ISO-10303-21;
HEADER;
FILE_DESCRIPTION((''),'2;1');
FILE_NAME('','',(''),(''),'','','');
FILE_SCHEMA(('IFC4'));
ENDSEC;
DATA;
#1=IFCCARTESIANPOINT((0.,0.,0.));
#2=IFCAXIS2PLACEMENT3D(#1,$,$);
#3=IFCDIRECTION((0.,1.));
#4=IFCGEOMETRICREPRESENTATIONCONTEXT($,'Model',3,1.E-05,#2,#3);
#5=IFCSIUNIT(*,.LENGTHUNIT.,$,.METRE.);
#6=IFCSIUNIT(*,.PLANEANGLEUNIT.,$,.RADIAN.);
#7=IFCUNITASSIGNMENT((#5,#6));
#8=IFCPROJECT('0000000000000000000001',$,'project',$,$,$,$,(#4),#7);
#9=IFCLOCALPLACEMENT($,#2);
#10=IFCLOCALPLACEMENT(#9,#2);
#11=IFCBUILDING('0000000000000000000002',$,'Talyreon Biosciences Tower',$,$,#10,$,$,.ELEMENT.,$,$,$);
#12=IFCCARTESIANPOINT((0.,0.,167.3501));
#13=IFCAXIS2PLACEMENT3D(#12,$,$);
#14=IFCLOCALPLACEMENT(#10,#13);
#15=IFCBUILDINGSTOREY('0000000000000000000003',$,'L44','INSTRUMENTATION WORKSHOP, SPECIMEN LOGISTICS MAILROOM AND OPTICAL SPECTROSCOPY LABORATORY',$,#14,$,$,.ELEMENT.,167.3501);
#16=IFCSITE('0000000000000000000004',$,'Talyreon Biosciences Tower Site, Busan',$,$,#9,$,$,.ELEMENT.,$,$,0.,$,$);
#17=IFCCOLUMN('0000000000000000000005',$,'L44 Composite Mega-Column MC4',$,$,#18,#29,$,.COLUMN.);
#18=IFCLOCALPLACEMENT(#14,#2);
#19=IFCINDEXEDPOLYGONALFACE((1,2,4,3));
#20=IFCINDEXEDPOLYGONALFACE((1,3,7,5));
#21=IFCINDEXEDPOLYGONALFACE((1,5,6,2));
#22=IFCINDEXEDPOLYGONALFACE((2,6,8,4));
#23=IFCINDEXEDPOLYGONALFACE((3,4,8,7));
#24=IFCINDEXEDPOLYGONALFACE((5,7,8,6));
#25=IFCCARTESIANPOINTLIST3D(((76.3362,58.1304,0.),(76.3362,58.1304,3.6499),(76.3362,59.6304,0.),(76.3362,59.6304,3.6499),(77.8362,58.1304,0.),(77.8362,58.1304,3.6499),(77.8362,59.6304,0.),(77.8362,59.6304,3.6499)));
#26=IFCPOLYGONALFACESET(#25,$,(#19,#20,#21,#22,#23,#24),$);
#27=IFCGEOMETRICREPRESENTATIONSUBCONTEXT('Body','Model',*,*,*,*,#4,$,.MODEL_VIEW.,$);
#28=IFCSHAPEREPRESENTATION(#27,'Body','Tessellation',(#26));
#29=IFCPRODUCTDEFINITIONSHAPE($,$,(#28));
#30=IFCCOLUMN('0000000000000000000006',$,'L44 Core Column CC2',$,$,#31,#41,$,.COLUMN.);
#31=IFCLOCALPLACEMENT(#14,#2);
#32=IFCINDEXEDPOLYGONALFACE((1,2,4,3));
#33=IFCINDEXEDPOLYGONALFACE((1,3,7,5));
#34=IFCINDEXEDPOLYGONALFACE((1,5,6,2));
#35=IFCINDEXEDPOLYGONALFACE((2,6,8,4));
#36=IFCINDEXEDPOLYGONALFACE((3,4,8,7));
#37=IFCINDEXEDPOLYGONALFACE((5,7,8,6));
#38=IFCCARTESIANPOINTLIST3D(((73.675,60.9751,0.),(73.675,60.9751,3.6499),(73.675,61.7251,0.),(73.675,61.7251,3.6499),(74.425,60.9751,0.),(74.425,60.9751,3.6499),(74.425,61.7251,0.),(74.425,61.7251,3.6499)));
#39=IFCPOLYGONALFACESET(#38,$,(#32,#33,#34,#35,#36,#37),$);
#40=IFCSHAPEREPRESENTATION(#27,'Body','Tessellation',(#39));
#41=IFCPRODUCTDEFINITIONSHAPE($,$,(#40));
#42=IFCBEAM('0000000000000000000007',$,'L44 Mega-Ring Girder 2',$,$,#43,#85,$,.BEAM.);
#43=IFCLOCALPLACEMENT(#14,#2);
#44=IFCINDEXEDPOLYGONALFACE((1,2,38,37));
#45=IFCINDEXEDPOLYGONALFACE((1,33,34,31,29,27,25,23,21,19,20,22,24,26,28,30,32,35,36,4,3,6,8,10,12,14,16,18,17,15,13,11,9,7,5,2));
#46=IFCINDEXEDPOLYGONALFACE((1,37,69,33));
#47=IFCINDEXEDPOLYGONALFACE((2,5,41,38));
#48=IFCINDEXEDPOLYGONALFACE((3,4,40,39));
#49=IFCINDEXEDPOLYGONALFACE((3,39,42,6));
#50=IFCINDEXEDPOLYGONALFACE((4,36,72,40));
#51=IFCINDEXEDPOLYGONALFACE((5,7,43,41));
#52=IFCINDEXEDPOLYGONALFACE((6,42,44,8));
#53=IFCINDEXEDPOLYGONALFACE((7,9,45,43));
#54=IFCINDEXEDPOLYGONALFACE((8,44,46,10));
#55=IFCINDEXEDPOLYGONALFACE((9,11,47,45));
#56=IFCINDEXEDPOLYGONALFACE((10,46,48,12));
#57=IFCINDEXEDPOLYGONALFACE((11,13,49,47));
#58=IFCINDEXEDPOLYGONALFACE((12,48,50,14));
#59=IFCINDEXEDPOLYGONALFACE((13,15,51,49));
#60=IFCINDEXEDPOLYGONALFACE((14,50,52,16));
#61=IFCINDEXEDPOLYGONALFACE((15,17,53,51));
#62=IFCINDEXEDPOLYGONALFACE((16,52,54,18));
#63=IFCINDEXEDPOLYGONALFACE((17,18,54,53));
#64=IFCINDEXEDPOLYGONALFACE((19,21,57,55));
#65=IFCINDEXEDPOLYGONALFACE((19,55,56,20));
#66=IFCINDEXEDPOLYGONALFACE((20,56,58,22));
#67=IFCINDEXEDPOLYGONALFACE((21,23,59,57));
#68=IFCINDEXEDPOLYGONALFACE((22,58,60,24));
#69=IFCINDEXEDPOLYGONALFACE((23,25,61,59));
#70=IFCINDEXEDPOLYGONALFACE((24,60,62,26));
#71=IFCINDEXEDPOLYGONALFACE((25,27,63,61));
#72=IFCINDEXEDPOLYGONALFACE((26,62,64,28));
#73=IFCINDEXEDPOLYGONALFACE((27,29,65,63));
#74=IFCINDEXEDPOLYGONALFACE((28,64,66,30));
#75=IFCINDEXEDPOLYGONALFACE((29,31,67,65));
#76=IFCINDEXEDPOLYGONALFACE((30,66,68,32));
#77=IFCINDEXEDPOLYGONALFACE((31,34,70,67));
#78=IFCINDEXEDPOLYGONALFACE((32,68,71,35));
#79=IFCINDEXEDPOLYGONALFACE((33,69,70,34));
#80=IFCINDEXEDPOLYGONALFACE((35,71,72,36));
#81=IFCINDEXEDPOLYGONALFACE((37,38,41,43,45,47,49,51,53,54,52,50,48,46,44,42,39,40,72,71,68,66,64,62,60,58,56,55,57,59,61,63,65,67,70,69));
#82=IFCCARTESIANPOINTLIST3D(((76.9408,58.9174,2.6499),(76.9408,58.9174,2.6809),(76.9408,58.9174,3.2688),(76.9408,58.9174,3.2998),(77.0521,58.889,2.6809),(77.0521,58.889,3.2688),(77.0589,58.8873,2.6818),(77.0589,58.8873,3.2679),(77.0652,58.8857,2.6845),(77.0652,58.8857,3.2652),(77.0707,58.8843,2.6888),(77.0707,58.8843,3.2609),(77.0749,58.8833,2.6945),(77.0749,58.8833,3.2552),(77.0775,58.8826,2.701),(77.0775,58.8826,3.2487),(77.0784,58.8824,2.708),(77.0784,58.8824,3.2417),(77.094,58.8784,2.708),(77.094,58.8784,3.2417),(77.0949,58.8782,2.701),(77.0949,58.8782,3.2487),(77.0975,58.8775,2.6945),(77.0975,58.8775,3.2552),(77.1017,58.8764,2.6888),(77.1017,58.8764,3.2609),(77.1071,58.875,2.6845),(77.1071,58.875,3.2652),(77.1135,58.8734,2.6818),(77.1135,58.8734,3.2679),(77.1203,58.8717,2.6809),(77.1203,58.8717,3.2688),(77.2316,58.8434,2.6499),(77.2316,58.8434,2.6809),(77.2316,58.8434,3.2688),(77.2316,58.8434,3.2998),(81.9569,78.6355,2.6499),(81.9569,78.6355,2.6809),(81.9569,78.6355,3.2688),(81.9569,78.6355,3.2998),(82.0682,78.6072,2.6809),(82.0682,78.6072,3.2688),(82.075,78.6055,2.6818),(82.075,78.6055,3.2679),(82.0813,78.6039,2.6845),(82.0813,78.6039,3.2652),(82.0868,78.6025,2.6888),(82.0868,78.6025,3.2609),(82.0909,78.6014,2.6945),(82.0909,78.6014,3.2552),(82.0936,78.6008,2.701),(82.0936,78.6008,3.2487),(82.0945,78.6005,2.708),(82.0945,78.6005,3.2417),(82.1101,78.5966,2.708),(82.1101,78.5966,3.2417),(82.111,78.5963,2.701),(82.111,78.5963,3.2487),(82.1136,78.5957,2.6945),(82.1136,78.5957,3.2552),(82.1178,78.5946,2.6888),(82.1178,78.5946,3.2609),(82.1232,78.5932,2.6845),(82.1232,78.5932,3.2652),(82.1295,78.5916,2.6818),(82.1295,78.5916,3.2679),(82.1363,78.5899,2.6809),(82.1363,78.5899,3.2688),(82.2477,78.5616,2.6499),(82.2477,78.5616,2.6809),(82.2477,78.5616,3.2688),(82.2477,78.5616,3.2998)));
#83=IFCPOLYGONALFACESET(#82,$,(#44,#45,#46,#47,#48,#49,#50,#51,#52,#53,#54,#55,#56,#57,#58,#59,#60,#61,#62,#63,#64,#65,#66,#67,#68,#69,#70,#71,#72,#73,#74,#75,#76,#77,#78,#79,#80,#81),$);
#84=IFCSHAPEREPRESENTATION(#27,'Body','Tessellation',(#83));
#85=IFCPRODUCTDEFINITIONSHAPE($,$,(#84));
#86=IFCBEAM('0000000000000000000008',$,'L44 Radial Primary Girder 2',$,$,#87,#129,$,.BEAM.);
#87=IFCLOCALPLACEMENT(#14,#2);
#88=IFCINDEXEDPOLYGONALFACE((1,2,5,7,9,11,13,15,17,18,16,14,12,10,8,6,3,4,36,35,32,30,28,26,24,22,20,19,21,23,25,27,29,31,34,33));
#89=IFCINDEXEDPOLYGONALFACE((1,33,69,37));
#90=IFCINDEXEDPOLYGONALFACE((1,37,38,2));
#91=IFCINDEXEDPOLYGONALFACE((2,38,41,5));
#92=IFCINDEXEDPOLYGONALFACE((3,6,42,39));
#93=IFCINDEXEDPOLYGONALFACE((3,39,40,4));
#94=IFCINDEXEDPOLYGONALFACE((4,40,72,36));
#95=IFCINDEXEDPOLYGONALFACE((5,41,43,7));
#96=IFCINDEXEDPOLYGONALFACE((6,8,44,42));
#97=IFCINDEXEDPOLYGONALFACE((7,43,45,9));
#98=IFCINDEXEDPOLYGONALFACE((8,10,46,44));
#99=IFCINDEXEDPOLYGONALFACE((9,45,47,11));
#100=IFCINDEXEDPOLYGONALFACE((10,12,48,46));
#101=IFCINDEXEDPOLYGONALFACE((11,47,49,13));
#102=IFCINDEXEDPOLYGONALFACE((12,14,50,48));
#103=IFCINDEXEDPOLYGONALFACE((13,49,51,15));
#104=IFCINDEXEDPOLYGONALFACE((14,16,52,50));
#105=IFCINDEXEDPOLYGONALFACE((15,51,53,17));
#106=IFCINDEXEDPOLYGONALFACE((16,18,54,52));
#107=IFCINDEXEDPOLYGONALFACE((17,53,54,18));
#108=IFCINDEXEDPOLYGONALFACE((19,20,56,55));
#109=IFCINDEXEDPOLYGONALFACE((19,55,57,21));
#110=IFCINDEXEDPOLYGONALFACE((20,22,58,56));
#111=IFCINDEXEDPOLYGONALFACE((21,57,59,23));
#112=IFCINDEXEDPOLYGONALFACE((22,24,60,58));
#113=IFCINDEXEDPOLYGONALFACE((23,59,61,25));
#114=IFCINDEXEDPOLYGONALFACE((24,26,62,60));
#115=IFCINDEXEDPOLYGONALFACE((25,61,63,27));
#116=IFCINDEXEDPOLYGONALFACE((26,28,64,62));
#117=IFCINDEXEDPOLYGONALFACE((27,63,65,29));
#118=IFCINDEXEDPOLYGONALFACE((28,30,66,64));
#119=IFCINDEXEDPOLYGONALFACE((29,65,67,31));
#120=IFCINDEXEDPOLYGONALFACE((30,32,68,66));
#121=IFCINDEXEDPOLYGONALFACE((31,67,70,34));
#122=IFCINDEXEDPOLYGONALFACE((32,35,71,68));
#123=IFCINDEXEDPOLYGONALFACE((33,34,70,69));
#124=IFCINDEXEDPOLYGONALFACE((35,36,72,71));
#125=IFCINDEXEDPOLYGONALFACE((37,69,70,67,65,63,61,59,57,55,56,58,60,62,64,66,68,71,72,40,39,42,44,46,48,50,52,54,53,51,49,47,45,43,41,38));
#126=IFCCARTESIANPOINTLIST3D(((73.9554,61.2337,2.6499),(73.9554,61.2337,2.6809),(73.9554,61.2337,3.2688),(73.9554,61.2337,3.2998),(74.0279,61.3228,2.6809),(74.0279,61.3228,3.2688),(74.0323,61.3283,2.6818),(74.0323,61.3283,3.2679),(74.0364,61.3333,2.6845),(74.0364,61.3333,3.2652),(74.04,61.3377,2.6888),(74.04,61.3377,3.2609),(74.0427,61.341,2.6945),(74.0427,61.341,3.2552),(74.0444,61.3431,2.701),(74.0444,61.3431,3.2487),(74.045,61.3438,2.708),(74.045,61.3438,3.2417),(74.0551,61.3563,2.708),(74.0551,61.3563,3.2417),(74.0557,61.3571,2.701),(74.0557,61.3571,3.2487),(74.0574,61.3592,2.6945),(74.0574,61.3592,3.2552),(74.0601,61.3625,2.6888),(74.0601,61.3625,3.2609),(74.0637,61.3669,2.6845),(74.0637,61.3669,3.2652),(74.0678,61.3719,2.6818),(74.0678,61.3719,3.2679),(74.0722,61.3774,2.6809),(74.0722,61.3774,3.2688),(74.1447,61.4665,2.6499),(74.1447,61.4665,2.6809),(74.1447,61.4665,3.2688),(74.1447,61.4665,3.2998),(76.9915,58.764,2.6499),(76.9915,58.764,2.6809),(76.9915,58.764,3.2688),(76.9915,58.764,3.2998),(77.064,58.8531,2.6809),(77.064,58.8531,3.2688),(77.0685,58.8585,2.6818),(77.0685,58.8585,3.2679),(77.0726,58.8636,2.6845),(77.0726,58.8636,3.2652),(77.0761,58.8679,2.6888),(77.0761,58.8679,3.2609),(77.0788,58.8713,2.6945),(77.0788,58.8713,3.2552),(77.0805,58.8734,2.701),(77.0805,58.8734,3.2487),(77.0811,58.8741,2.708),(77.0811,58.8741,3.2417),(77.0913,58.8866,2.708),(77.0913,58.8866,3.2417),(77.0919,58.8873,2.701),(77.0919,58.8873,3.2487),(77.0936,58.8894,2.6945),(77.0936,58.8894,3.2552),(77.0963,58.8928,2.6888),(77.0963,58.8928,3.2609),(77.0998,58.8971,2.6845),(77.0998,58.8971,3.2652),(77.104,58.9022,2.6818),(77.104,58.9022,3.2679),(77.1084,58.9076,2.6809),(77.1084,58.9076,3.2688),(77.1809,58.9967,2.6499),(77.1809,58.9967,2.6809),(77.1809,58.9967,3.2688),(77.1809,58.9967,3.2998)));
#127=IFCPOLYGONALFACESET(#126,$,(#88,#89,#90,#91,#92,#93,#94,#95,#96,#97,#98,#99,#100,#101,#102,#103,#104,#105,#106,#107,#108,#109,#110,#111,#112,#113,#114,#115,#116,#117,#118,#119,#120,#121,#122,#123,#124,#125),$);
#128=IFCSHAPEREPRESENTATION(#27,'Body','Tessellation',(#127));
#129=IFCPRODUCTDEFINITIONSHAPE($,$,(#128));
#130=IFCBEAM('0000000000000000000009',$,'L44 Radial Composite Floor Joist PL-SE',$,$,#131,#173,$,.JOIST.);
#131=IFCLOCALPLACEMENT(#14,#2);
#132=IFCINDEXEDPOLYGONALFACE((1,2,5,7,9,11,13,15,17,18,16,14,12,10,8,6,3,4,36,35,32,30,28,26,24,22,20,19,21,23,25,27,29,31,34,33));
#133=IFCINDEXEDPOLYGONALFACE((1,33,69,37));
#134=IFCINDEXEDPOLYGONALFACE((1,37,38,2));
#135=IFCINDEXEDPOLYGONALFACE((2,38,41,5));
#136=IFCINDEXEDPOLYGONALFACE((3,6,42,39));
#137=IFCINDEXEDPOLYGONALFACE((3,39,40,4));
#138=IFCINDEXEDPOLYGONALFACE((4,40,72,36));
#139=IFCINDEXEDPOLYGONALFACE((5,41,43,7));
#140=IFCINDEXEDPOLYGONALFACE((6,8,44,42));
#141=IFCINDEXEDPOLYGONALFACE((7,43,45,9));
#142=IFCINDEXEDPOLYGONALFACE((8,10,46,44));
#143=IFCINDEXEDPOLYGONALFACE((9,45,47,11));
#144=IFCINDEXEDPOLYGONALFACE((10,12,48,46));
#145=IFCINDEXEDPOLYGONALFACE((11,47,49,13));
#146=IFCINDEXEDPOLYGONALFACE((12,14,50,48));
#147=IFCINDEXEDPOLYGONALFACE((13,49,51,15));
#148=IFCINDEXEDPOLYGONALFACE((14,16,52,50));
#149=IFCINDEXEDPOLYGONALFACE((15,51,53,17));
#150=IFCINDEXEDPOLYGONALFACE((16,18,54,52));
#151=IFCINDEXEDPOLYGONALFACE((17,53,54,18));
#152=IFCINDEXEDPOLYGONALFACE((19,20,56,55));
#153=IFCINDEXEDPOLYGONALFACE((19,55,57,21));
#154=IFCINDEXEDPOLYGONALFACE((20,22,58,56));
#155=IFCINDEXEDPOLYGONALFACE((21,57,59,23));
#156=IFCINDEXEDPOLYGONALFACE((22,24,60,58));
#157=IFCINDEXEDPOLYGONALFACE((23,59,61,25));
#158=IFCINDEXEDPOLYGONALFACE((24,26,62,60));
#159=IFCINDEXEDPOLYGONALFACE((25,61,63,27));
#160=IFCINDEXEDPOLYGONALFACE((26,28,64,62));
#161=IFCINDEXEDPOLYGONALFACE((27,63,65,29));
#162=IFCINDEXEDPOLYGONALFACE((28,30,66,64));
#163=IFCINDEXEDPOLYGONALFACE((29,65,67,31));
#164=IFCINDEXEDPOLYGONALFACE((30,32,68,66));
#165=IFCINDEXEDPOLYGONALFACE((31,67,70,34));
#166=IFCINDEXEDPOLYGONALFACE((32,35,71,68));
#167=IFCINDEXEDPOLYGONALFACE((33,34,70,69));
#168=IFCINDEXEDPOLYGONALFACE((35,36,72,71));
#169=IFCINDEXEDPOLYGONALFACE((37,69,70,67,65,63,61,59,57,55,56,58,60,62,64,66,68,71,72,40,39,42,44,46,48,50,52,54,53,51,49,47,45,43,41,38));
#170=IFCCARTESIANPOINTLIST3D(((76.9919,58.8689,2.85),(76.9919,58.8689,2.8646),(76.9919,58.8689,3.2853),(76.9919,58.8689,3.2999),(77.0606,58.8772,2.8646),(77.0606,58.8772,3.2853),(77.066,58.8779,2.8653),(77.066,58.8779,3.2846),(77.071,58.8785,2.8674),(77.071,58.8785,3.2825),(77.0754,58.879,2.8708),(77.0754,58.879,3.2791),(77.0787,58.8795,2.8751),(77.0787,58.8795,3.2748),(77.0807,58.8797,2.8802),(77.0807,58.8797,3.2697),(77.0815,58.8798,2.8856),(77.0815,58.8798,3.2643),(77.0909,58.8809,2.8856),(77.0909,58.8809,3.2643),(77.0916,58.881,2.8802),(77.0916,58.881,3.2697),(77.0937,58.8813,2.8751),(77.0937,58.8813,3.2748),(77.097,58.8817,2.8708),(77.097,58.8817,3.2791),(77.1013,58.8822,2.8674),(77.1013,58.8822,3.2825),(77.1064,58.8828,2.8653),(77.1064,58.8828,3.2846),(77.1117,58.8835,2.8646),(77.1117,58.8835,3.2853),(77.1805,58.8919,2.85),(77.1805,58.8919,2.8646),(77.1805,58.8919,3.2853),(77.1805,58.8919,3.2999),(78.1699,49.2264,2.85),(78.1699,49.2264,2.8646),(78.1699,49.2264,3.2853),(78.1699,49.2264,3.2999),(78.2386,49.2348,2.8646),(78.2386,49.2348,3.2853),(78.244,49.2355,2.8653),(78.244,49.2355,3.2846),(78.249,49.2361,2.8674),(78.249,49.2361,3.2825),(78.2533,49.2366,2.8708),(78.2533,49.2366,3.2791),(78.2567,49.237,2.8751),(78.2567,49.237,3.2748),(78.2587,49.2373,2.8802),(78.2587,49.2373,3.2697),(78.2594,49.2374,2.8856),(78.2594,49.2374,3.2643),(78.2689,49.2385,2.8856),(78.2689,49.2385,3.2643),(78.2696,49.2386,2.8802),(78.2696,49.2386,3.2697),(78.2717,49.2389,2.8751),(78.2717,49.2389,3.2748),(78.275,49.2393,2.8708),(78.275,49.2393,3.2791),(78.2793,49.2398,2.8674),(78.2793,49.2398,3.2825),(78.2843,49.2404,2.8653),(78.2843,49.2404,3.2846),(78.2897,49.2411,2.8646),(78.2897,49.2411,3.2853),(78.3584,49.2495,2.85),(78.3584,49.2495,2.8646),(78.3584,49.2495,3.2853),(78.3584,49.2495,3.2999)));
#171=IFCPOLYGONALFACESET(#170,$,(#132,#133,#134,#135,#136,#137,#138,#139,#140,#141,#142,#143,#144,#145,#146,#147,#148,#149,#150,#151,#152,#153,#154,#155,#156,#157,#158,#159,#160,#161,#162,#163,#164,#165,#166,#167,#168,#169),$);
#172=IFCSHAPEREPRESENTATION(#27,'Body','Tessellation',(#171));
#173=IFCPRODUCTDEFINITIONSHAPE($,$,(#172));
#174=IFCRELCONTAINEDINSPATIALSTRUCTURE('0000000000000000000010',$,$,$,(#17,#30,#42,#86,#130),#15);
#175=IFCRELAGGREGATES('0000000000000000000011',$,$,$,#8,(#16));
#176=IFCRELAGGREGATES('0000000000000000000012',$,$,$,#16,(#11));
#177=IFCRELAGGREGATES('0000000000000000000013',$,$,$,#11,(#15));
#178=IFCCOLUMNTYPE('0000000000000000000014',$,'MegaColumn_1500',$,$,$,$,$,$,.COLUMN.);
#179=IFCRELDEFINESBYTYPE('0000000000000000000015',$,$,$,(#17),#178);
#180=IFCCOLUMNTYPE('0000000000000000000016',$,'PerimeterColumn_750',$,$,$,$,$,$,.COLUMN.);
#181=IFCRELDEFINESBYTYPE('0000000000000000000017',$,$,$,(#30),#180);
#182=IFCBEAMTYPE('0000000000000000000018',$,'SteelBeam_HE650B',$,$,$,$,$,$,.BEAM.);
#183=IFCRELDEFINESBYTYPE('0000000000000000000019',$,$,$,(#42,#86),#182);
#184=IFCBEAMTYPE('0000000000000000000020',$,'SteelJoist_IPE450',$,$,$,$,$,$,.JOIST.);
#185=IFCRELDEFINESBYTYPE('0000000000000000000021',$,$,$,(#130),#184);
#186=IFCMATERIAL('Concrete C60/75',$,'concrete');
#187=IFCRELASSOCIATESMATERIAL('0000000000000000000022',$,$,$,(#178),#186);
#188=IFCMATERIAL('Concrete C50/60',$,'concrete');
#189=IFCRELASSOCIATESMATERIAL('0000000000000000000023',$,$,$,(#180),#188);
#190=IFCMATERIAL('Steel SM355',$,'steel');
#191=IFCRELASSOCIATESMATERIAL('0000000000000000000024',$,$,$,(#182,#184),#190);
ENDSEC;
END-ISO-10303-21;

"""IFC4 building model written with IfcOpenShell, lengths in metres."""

from ifc_helpers import new_model, si_unit, direction, frame, origin, origin_2d, place, context, subcontext, project, spatial, rectangle, i_section, extrude, material, material_profile, profile_set, type_object, element, save


model = new_model("IFC4")

# Units and contexts
model_context = context("Model", 3, precision=1e-05, world=origin(), true_north=direction((0.0, 1.0)))
body_context = subcontext(model_context, "Body", "Model", "MODEL_VIEW")
ifc_project = project(units=[si_unit("LENGTHUNIT", "METRE"), si_unit("PLANEANGLEUNIT", "RADIAN")], contexts=[model_context])

# Site, building, storey
site_placement = place(None, origin())
site = spatial("IfcSite", under=ifc_project, at=site_placement, Name="Talyreon Biosciences Tower Site, Busan", CompositionType="ELEMENT", RefElevation=0.0)
building_placement = place(site_placement, origin())
building = spatial("IfcBuilding", under=site, at=building_placement, Name="Talyreon Biosciences Tower", CompositionType="ELEMENT")
storey_placement = place(building_placement, frame((0.0, 0.0, 167.3501)))
storey = spatial("IfcBuildingStorey", under=building, at=storey_placement, Name="L44", Description="INSTRUMENTATION WORKSHOP, SPECIMEN LOGISTICS MAILROOM AND OPTICAL SPECTROSCOPY LABORATORY", CompositionType="ELEMENT", Elevation=167.3501)

# Columns
ifc_material_1 = material(Name="Concrete C60/75", Category="concrete")
ifc_material_profile_1 = material_profile(ifc_material_1, rectangle(XDim=1.5, YDim=1.5, at=origin_2d()), Name="RC 1500x1500")
ifc_profile_set_1 = profile_set([ifc_material_profile_1], Name="Concrete C60/75")
column_type_1 = type_object("IfcColumnType", Name="MegaColumn_1500", PredefinedType="COLUMN", material=ifc_profile_set_1)
column_1_placement = place(storey_placement, frame((77.0862, 58.8804, 0.0), z_axis=(0.0, 0.0, 1.0), x_axis=(1.0, 0.0, 0.0)))
element("IfcColumn", 1, at=column_1_placement, inside=storey, type_object=column_type_1, Name="L44 Composite Mega-Column MC4", PredefinedType="COLUMN", context=body_context, shape_type="SweptSolid", body=[
    extrude(rectangle(XDim=1.5, YDim=1.5, at=origin_2d()), origin(), (0.0, 0.0, 1.0), 3.6499),
])
ifc_material_2 = material(Name="Concrete C50/60", Category="concrete")
ifc_material_profile_2 = material_profile(ifc_material_2, rectangle(XDim=0.75, YDim=0.75, at=origin_2d()), Name="RC 750x750")
ifc_profile_set_2 = profile_set([ifc_material_profile_2], Name="Concrete C50/60")
column_type_2 = type_object("IfcColumnType", Name="PerimeterColumn_750", PredefinedType="COLUMN", material=ifc_profile_set_2)
column_2_placement = place(storey_placement, frame((74.05, 61.3501, 0.0), z_axis=(0.0, 0.0, 1.0), x_axis=(1.0, 0.0, 0.0)))
element("IfcColumn", 2, at=column_2_placement, inside=storey, type_object=column_type_2, Name="L44 Core Column CC2", PredefinedType="COLUMN", context=body_context, shape_type="SweptSolid", body=[
    extrude(rectangle(XDim=0.75, YDim=0.75, at=origin_2d()), origin(), (0.0, 0.0, 1.0), 3.6499),
])

# Beams
ifc_material_3 = material(Name="Steel SM355", Category="steel")
ifc_material_profile_3 = material_profile(ifc_material_3, i_section(OverallWidth=0.3, OverallDepth=0.6499, WebThickness=0.0161, FlangeThickness=0.031, FilletRadius=0.0271, at=origin_2d()), Name="HE650B")
ifc_profile_set_3 = profile_set([ifc_material_profile_3], Name="Steel SM355")
beam_type_1 = type_object("IfcBeamType", Name="SteelBeam_HE650B", PredefinedType="BEAM", material=ifc_profile_set_3)
beam_1_placement = place(storey_placement, frame((77.0862, 58.8804, 2.9749), z_axis=(0.246537, 0.969133, 0.0), x_axis=(-0.969133, 0.246537, 0.0)))
element("IfcBeam", 3, at=beam_1_placement, inside=storey, type_object=beam_type_1, Name="L44 Mega-Ring Girder 2", PredefinedType="BEAM", context=body_context, shape_type="SweptSolid", body=[
    extrude(i_section(OverallWidth=0.3, OverallDepth=0.6499, WebThickness=0.0161, FlangeThickness=0.031, FilletRadius=0.0271, at=origin_2d()), origin(), (0.0, 0.0, 1.0), 20.3462),
])
beam_2_placement = place(storey_placement, frame((74.05, 61.3501, 2.9749), z_axis=(0.775755, -0.631034, 0.0), x_axis=(0.631034, 0.775755, 0.0)))
element("IfcBeam", 4, at=beam_2_placement, inside=storey, type_object=beam_type_1, Name="L44 Radial Primary Girder 2", PredefinedType="BEAM", context=body_context, shape_type="SweptSolid", body=[
    extrude(i_section(OverallWidth=0.3, OverallDepth=0.6499, WebThickness=0.0161, FlangeThickness=0.031, FilletRadius=0.0271, at=origin_2d()), origin(), (0.0, 0.0, 1.0), 3.9138),
])
ifc_material_profile_4 = material_profile(ifc_material_3, i_section(OverallWidth=0.1899, OverallDepth=0.45, WebThickness=0.0095, FlangeThickness=0.0146, FilletRadius=0.021, at=origin_2d()), Name="IPE450")
ifc_profile_set_4 = profile_set([ifc_material_profile_4], Name="Steel SM355")
beam_type_2 = type_object("IfcBeamType", Name="SteelJoist_IPE450", PredefinedType="JOIST", material=ifc_profile_set_4)
beam_3_placement = place(storey_placement, frame((77.0862, 58.8804, 3.075), z_axis=(0.121266, -0.99262, 0.0), x_axis=(0.99262, 0.121266, 0.0)))
element("IfcBeam", 5, at=beam_3_placement, inside=storey, type_object=beam_type_2, Name="L44 Radial Composite Floor Joist PL-SE", PredefinedType="JOIST", context=body_context, shape_type="SweptSolid", body=[
    extrude(i_section(OverallWidth=0.1899, OverallDepth=0.45, WebThickness=0.0095, FlangeThickness=0.0146, FilletRadius=0.021, at=origin_2d()), origin(), (0.0, 0.0, 1.0), 9.7141),
])

save(model, "model.ifc")
